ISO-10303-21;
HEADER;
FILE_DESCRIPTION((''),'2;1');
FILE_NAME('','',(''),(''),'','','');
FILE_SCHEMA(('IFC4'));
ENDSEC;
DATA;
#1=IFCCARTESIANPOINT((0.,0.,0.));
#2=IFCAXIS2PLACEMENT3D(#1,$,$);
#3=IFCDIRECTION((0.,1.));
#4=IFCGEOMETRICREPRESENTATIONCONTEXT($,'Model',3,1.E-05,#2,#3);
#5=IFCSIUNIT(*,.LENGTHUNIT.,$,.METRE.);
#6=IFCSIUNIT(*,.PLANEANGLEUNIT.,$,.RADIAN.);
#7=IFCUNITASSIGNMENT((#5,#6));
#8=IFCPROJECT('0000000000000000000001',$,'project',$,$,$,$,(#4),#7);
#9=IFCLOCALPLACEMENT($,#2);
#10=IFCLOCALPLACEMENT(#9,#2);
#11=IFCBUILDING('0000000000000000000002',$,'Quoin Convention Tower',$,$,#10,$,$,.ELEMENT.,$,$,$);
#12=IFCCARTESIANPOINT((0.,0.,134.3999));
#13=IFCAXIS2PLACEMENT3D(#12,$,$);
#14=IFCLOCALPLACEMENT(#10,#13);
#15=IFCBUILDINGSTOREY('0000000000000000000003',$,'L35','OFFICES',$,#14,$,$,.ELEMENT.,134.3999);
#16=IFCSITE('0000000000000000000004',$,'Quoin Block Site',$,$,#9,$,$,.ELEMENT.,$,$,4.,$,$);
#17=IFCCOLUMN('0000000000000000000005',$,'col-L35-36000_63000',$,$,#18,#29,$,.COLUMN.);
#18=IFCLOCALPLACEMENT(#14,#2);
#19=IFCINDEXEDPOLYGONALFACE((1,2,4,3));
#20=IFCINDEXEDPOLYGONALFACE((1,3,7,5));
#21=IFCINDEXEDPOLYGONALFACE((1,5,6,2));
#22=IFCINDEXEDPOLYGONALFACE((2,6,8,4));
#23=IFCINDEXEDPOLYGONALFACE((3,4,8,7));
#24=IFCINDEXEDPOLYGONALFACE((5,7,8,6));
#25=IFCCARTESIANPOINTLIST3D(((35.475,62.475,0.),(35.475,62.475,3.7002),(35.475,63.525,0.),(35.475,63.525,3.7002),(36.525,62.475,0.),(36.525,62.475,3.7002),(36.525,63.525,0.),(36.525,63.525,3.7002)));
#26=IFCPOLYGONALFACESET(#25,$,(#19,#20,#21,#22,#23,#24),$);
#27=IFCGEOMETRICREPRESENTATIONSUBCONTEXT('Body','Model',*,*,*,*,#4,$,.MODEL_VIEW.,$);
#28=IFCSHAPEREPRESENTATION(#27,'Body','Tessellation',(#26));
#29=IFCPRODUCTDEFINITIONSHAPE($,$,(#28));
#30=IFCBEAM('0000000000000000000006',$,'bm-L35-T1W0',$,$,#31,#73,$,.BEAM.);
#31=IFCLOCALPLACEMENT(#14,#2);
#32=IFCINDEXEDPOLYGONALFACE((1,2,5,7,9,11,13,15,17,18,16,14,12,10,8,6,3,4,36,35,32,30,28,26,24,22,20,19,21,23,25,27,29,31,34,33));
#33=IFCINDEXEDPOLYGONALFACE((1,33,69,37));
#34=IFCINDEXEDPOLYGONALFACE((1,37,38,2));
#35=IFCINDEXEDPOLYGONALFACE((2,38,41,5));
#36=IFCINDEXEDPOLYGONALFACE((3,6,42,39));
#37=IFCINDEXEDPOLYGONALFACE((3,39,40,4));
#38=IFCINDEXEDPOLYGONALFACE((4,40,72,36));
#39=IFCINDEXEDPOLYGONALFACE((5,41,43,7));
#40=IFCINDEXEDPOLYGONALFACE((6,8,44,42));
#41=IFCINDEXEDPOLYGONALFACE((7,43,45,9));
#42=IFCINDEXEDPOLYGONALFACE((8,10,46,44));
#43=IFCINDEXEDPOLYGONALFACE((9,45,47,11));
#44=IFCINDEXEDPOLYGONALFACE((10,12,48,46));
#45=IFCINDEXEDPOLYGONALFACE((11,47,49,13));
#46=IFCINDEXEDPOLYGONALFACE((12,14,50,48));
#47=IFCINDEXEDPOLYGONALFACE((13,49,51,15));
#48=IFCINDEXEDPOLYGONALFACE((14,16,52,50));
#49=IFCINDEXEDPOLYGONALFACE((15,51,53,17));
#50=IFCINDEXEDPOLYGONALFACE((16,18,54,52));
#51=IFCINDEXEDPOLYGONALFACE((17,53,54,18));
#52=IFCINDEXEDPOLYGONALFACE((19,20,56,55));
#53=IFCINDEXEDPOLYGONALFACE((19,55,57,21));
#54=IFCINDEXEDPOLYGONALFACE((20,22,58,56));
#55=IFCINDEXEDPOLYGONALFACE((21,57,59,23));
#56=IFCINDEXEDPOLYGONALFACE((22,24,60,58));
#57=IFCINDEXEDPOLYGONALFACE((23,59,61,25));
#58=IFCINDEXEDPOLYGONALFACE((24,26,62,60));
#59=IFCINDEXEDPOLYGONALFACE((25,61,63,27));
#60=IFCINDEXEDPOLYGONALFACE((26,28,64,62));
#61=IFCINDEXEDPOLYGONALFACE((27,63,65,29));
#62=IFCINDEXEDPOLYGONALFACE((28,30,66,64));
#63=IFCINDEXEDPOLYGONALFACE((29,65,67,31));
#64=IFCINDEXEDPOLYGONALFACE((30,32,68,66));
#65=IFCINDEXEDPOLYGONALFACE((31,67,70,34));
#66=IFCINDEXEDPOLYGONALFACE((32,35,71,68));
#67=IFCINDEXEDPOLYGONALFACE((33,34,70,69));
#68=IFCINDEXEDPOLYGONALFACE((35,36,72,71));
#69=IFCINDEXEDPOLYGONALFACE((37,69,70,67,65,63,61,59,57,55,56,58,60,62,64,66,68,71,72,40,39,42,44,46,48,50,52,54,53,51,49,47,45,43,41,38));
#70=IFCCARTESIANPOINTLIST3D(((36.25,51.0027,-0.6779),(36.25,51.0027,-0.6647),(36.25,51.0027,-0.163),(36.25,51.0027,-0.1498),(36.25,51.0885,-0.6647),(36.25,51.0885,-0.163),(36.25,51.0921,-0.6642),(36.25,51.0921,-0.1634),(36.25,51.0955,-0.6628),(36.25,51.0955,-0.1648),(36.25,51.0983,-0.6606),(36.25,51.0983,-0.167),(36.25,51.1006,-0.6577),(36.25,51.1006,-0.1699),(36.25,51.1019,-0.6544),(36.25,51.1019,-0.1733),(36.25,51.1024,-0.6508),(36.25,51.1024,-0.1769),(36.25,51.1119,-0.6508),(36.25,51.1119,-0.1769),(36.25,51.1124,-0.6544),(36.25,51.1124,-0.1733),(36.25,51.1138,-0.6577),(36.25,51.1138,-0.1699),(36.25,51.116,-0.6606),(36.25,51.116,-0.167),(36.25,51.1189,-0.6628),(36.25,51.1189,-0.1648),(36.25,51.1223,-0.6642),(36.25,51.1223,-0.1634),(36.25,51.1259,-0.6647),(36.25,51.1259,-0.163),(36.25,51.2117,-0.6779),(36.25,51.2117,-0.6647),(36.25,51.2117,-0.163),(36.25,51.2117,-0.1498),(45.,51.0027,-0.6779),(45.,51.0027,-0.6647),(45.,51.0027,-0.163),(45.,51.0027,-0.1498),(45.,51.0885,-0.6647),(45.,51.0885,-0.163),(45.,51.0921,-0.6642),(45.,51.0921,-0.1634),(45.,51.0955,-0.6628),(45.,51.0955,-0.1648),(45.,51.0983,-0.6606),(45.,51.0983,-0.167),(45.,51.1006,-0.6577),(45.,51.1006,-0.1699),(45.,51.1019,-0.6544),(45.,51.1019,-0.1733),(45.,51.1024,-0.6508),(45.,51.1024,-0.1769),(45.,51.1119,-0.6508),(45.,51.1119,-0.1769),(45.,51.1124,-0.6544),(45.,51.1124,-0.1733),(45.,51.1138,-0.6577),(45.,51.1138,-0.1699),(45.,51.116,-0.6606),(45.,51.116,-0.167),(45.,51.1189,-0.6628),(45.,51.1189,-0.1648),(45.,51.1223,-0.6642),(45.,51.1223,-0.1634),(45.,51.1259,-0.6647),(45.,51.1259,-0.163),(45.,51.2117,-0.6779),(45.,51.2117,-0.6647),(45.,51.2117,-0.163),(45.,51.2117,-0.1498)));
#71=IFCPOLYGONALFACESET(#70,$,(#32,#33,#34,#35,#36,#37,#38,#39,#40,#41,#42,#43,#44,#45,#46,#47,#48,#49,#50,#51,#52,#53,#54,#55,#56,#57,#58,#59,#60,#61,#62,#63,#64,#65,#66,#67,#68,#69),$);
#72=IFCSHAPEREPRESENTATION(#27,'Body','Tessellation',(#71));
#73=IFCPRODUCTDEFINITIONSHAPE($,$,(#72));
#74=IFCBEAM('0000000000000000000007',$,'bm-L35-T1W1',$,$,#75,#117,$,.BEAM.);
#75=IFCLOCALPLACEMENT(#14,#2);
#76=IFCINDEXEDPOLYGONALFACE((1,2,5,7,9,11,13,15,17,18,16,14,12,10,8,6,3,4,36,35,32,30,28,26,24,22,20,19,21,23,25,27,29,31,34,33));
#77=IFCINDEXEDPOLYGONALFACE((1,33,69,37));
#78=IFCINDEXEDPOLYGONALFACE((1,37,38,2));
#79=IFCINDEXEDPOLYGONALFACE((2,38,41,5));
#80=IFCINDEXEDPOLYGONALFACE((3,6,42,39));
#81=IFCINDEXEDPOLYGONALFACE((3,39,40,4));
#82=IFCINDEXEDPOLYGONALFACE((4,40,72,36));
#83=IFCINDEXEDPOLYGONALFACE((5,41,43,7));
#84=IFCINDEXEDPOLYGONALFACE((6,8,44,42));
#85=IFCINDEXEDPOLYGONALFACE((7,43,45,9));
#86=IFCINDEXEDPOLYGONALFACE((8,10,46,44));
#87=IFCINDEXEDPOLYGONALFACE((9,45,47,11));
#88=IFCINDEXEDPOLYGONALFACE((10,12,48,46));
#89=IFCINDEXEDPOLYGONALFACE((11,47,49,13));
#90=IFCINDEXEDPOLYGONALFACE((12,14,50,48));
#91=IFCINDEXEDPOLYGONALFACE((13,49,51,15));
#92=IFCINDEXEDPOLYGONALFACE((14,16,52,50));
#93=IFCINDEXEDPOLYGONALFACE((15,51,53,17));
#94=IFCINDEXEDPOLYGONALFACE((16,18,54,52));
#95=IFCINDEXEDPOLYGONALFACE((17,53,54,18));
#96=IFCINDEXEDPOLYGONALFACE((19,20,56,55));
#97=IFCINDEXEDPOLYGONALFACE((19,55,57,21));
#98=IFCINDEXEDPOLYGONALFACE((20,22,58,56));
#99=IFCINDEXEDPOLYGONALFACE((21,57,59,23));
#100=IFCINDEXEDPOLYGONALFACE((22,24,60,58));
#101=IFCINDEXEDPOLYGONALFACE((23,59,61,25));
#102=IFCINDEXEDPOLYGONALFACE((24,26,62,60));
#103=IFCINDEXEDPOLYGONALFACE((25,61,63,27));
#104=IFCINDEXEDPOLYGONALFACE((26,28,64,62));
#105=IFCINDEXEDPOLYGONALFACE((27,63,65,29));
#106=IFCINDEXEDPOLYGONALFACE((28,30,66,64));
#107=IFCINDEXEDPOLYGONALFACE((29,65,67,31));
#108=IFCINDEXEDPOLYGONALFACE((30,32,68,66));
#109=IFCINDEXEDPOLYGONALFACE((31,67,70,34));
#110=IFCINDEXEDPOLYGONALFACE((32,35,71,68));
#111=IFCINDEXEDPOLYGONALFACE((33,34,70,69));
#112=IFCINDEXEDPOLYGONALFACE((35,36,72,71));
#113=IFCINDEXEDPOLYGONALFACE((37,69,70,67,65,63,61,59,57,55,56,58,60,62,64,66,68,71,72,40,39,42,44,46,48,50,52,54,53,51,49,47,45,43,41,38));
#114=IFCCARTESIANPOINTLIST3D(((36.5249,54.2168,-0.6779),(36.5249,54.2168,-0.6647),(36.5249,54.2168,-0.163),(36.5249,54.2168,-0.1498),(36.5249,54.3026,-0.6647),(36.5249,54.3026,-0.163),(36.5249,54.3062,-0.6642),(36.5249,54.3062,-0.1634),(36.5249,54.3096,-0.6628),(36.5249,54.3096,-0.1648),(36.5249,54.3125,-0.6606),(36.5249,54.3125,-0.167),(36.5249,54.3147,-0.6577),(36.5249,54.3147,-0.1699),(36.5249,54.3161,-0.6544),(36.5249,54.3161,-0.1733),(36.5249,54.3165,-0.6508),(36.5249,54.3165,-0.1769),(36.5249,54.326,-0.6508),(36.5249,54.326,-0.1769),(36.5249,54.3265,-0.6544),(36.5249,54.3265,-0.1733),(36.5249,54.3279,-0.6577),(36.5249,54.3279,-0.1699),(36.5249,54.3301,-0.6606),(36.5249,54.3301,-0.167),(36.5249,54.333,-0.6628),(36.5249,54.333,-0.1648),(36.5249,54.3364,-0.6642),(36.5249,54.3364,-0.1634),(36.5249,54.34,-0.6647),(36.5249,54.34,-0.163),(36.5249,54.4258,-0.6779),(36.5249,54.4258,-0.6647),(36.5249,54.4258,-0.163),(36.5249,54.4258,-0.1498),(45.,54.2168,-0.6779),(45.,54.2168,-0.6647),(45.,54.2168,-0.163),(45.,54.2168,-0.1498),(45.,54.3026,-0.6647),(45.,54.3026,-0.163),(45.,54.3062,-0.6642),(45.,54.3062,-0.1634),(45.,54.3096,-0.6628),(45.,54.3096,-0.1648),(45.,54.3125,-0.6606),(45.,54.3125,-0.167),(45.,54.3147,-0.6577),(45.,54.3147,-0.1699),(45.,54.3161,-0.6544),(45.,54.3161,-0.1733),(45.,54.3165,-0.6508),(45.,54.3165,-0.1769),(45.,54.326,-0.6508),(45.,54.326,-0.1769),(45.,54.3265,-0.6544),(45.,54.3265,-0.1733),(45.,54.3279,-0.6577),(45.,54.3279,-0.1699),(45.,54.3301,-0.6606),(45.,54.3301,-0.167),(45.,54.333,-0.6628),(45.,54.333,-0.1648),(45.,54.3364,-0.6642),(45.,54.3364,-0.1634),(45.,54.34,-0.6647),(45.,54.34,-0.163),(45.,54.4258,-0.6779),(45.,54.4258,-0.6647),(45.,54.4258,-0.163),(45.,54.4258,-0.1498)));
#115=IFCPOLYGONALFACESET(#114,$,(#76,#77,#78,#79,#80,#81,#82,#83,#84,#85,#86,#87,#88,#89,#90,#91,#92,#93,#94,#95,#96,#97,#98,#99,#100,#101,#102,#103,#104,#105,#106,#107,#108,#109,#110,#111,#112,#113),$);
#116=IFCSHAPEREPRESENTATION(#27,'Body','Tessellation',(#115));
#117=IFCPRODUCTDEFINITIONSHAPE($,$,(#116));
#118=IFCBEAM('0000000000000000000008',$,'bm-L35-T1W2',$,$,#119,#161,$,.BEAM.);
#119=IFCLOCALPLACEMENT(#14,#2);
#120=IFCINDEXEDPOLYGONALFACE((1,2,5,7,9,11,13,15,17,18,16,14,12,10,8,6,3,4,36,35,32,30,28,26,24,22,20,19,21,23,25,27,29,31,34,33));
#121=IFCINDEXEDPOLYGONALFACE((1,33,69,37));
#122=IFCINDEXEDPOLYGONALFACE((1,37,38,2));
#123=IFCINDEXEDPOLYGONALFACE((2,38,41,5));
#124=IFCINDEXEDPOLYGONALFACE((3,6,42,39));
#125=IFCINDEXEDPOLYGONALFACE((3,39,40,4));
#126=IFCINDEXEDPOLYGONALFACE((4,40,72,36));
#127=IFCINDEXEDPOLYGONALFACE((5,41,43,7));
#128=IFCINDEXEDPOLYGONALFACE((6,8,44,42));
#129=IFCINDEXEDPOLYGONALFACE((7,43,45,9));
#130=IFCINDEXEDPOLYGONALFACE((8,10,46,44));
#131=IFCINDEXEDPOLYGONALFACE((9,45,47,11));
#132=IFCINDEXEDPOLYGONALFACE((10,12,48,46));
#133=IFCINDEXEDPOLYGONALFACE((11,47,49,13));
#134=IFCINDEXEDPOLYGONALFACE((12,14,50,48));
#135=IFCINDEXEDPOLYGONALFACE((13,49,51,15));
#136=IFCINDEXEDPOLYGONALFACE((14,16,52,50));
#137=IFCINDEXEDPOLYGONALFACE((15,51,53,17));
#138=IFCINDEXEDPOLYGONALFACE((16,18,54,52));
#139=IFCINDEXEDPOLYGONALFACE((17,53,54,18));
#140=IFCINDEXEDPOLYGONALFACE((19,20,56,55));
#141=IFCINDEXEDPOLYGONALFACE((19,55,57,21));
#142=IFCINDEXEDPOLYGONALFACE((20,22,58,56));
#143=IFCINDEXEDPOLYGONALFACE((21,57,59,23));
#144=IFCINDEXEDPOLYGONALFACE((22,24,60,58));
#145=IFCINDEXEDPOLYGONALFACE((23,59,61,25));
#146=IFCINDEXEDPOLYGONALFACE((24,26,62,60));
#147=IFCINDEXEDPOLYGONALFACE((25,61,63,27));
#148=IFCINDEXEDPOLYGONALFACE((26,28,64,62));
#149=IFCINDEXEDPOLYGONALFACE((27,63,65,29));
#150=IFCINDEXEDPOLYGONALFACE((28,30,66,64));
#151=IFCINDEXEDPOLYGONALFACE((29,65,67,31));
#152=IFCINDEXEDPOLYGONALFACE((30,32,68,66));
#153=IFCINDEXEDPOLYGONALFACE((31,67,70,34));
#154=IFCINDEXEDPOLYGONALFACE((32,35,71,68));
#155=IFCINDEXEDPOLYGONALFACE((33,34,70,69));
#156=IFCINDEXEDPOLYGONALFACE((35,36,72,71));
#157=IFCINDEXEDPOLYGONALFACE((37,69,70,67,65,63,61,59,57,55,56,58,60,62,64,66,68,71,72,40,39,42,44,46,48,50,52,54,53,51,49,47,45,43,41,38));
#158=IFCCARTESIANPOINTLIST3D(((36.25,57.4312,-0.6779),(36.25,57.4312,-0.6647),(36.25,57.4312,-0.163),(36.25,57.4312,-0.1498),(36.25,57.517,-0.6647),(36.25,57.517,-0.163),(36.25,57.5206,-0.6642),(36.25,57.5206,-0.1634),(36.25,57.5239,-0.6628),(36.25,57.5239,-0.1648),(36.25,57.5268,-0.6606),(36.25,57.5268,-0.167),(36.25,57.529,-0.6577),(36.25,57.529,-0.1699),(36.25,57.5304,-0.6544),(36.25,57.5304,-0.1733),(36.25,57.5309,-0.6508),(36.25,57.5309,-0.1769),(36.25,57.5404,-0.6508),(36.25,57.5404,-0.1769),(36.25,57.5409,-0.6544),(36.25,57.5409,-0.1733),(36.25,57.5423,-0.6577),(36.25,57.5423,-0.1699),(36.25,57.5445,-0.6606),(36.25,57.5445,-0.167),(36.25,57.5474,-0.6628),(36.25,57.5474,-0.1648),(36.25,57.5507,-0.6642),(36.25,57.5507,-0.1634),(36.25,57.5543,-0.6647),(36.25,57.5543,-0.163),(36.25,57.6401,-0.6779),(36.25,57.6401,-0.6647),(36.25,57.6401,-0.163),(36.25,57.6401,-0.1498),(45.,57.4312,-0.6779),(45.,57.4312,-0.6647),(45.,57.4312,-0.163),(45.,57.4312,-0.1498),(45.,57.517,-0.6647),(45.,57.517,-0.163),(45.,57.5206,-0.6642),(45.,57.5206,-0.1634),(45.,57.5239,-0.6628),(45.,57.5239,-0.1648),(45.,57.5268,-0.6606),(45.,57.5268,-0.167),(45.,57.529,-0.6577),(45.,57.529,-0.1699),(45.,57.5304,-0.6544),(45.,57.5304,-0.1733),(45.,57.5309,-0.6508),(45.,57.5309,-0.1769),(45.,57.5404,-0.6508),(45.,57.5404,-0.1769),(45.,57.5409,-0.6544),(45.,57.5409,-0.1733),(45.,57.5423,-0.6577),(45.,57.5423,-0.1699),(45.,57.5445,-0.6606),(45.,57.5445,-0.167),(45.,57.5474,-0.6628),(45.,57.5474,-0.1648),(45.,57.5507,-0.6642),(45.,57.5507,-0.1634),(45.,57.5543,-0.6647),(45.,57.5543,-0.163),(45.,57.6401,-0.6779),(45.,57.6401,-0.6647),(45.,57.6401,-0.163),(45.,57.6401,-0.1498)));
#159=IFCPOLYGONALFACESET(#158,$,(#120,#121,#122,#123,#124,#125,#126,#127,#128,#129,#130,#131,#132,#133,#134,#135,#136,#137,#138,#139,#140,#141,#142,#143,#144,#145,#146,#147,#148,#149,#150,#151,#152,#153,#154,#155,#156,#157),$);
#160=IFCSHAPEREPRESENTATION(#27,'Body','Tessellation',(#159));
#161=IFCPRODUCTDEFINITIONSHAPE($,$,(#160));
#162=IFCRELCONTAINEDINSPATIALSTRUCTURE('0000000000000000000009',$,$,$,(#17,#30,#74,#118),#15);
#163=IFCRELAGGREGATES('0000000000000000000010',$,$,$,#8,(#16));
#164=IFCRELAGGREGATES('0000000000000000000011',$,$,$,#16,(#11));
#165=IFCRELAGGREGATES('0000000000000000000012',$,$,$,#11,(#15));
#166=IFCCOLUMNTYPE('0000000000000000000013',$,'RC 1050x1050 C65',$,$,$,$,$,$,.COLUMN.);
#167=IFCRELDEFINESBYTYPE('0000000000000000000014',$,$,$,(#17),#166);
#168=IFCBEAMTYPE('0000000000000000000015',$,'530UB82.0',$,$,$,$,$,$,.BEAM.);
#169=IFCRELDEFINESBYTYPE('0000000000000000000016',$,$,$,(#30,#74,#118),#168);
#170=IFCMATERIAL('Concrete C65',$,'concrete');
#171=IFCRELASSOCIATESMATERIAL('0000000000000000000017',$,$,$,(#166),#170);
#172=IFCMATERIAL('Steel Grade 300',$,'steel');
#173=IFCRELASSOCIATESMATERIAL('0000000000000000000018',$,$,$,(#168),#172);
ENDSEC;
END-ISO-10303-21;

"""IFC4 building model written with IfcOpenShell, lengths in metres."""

from ifc_helpers import new_model, si_unit, direction, frame, origin, origin_2d, place, context, subcontext, project, spatial, rectangle, i_section, extrude, material, material_profile, profile_set, type_object, element, save


model = new_model("IFC4")

# Units and contexts
model_context = context("Model", 3, precision=1e-05, world=origin(), true_north=direction((0.0, 1.0)))
body_context = subcontext(model_context, "Body", "Model", "MODEL_VIEW")
ifc_project = project(units=[si_unit("LENGTHUNIT", "METRE"), si_unit("PLANEANGLEUNIT", "RADIAN")], contexts=[model_context])

# Site, building, storey
site_placement = place(None, origin())
site = spatial("IfcSite", under=ifc_project, at=site_placement, Name="Quoin Block Site", CompositionType="ELEMENT", RefElevation=4.0)
building_placement = place(site_placement, origin())
building = spatial("IfcBuilding", under=site, at=building_placement, Name="Quoin Convention Tower", CompositionType="ELEMENT")
storey_placement = place(building_placement, frame((0.0, 0.0, 134.3999)))
storey = spatial("IfcBuildingStorey", under=building, at=storey_placement, Name="L35", Description="OFFICES", CompositionType="ELEMENT", Elevation=134.3999)

# Column
ifc_material_1 = material(Name="Concrete C65", Category="concrete")
ifc_material_profile_1 = material_profile(ifc_material_1, rectangle(XDim=1.05, YDim=1.05, at=origin_2d()), Name="RC 1050x1050")
ifc_profile_set_1 = profile_set([ifc_material_profile_1], Name="Concrete C65")
column_type = type_object("IfcColumnType", Name="RC 1050x1050 C65", PredefinedType="COLUMN", material=ifc_profile_set_1)
column_placement = place(storey_placement, frame((36.0, 63.0, 0.0), z_axis=(0.0, 0.0, 1.0), x_axis=(1.0, 0.0, 0.0)))
element("IfcColumn", 1, at=column_placement, inside=storey, type_object=column_type, Name="col-L35-36000_63000", PredefinedType="COLUMN", context=body_context, shape_type="SweptSolid", body=[
    extrude(rectangle(XDim=1.05, YDim=1.05, at=origin_2d()), origin(), (0.0, 0.0, 1.0), 3.7002),
])

# Beams
ifc_material_2 = material(Name="Steel Grade 300", Category="steel")
ifc_material_profile_2 = material_profile(ifc_material_2, i_section(OverallWidth=0.209, OverallDepth=0.5281, WebThickness=0.0095, FlangeThickness=0.0132, FilletRadius=0.0139, at=origin_2d()), Name="530UB82.0")
ifc_profile_set_2 = profile_set([ifc_material_profile_2], Name="Steel Grade 300")
beam_type_1 = type_object("IfcBeamType", Name="530UB82.0", PredefinedType="BEAM", material=ifc_profile_set_2)
beam_1_placement = place(storey_placement, frame((36.25, 51.1072, -0.4138), z_axis=(1.0, 0.0, 0.0), x_axis=(0.0, 1.0, 0.0)))
element("IfcBeam", 2, at=beam_1_placement, inside=storey, type_object=beam_type_1, Name="bm-L35-T1W0", PredefinedType="BEAM", context=body_context, shape_type="SweptSolid", body=[
    extrude(i_section(OverallWidth=0.209, OverallDepth=0.5281, WebThickness=0.0095, FlangeThickness=0.0132, FilletRadius=0.0139, at=origin_2d()), origin(), (0.0, 0.0, 1.0), 8.75),
])
beam_2_placement = place(storey_placement, frame((36.5249, 54.3213, -0.4138), z_axis=(1.0, 0.0, 0.0), x_axis=(0.0, 1.0, 0.0)))
element("IfcBeam", 3, at=beam_2_placement, inside=storey, type_object=beam_type_1, Name="bm-L35-T1W1", PredefinedType="BEAM", context=body_context, shape_type="SweptSolid", body=[
    extrude(i_section(OverallWidth=0.209, OverallDepth=0.5281, WebThickness=0.0095, FlangeThickness=0.0132, FilletRadius=0.0139, at=origin_2d()), origin(), (0.0, 0.0, 1.0), 8.4751),
])
for number, where, z_axis, x_axis, name in (
    (4, (36.25, 57.5356, -0.4138), (1.0, 0.0, 0.0), (0.0, 1.0, 0.0), "bm-L35-T1W2"),
):
    element("IfcBeam", number, at=place(storey_placement, frame(where, z_axis=z_axis, x_axis=x_axis)), inside=storey, type_object=beam_type_1, Name=name, PredefinedType="BEAM", context=body_context, shape_type="SweptSolid", body=[
        extrude(i_section(OverallWidth=0.209, OverallDepth=0.5281, WebThickness=0.0095, FlangeThickness=0.0132, FilletRadius=0.0139, at=origin_2d()), origin(), (0.0, 0.0, 1.0), 8.75),
    ])

save(model, "model.ifc")
